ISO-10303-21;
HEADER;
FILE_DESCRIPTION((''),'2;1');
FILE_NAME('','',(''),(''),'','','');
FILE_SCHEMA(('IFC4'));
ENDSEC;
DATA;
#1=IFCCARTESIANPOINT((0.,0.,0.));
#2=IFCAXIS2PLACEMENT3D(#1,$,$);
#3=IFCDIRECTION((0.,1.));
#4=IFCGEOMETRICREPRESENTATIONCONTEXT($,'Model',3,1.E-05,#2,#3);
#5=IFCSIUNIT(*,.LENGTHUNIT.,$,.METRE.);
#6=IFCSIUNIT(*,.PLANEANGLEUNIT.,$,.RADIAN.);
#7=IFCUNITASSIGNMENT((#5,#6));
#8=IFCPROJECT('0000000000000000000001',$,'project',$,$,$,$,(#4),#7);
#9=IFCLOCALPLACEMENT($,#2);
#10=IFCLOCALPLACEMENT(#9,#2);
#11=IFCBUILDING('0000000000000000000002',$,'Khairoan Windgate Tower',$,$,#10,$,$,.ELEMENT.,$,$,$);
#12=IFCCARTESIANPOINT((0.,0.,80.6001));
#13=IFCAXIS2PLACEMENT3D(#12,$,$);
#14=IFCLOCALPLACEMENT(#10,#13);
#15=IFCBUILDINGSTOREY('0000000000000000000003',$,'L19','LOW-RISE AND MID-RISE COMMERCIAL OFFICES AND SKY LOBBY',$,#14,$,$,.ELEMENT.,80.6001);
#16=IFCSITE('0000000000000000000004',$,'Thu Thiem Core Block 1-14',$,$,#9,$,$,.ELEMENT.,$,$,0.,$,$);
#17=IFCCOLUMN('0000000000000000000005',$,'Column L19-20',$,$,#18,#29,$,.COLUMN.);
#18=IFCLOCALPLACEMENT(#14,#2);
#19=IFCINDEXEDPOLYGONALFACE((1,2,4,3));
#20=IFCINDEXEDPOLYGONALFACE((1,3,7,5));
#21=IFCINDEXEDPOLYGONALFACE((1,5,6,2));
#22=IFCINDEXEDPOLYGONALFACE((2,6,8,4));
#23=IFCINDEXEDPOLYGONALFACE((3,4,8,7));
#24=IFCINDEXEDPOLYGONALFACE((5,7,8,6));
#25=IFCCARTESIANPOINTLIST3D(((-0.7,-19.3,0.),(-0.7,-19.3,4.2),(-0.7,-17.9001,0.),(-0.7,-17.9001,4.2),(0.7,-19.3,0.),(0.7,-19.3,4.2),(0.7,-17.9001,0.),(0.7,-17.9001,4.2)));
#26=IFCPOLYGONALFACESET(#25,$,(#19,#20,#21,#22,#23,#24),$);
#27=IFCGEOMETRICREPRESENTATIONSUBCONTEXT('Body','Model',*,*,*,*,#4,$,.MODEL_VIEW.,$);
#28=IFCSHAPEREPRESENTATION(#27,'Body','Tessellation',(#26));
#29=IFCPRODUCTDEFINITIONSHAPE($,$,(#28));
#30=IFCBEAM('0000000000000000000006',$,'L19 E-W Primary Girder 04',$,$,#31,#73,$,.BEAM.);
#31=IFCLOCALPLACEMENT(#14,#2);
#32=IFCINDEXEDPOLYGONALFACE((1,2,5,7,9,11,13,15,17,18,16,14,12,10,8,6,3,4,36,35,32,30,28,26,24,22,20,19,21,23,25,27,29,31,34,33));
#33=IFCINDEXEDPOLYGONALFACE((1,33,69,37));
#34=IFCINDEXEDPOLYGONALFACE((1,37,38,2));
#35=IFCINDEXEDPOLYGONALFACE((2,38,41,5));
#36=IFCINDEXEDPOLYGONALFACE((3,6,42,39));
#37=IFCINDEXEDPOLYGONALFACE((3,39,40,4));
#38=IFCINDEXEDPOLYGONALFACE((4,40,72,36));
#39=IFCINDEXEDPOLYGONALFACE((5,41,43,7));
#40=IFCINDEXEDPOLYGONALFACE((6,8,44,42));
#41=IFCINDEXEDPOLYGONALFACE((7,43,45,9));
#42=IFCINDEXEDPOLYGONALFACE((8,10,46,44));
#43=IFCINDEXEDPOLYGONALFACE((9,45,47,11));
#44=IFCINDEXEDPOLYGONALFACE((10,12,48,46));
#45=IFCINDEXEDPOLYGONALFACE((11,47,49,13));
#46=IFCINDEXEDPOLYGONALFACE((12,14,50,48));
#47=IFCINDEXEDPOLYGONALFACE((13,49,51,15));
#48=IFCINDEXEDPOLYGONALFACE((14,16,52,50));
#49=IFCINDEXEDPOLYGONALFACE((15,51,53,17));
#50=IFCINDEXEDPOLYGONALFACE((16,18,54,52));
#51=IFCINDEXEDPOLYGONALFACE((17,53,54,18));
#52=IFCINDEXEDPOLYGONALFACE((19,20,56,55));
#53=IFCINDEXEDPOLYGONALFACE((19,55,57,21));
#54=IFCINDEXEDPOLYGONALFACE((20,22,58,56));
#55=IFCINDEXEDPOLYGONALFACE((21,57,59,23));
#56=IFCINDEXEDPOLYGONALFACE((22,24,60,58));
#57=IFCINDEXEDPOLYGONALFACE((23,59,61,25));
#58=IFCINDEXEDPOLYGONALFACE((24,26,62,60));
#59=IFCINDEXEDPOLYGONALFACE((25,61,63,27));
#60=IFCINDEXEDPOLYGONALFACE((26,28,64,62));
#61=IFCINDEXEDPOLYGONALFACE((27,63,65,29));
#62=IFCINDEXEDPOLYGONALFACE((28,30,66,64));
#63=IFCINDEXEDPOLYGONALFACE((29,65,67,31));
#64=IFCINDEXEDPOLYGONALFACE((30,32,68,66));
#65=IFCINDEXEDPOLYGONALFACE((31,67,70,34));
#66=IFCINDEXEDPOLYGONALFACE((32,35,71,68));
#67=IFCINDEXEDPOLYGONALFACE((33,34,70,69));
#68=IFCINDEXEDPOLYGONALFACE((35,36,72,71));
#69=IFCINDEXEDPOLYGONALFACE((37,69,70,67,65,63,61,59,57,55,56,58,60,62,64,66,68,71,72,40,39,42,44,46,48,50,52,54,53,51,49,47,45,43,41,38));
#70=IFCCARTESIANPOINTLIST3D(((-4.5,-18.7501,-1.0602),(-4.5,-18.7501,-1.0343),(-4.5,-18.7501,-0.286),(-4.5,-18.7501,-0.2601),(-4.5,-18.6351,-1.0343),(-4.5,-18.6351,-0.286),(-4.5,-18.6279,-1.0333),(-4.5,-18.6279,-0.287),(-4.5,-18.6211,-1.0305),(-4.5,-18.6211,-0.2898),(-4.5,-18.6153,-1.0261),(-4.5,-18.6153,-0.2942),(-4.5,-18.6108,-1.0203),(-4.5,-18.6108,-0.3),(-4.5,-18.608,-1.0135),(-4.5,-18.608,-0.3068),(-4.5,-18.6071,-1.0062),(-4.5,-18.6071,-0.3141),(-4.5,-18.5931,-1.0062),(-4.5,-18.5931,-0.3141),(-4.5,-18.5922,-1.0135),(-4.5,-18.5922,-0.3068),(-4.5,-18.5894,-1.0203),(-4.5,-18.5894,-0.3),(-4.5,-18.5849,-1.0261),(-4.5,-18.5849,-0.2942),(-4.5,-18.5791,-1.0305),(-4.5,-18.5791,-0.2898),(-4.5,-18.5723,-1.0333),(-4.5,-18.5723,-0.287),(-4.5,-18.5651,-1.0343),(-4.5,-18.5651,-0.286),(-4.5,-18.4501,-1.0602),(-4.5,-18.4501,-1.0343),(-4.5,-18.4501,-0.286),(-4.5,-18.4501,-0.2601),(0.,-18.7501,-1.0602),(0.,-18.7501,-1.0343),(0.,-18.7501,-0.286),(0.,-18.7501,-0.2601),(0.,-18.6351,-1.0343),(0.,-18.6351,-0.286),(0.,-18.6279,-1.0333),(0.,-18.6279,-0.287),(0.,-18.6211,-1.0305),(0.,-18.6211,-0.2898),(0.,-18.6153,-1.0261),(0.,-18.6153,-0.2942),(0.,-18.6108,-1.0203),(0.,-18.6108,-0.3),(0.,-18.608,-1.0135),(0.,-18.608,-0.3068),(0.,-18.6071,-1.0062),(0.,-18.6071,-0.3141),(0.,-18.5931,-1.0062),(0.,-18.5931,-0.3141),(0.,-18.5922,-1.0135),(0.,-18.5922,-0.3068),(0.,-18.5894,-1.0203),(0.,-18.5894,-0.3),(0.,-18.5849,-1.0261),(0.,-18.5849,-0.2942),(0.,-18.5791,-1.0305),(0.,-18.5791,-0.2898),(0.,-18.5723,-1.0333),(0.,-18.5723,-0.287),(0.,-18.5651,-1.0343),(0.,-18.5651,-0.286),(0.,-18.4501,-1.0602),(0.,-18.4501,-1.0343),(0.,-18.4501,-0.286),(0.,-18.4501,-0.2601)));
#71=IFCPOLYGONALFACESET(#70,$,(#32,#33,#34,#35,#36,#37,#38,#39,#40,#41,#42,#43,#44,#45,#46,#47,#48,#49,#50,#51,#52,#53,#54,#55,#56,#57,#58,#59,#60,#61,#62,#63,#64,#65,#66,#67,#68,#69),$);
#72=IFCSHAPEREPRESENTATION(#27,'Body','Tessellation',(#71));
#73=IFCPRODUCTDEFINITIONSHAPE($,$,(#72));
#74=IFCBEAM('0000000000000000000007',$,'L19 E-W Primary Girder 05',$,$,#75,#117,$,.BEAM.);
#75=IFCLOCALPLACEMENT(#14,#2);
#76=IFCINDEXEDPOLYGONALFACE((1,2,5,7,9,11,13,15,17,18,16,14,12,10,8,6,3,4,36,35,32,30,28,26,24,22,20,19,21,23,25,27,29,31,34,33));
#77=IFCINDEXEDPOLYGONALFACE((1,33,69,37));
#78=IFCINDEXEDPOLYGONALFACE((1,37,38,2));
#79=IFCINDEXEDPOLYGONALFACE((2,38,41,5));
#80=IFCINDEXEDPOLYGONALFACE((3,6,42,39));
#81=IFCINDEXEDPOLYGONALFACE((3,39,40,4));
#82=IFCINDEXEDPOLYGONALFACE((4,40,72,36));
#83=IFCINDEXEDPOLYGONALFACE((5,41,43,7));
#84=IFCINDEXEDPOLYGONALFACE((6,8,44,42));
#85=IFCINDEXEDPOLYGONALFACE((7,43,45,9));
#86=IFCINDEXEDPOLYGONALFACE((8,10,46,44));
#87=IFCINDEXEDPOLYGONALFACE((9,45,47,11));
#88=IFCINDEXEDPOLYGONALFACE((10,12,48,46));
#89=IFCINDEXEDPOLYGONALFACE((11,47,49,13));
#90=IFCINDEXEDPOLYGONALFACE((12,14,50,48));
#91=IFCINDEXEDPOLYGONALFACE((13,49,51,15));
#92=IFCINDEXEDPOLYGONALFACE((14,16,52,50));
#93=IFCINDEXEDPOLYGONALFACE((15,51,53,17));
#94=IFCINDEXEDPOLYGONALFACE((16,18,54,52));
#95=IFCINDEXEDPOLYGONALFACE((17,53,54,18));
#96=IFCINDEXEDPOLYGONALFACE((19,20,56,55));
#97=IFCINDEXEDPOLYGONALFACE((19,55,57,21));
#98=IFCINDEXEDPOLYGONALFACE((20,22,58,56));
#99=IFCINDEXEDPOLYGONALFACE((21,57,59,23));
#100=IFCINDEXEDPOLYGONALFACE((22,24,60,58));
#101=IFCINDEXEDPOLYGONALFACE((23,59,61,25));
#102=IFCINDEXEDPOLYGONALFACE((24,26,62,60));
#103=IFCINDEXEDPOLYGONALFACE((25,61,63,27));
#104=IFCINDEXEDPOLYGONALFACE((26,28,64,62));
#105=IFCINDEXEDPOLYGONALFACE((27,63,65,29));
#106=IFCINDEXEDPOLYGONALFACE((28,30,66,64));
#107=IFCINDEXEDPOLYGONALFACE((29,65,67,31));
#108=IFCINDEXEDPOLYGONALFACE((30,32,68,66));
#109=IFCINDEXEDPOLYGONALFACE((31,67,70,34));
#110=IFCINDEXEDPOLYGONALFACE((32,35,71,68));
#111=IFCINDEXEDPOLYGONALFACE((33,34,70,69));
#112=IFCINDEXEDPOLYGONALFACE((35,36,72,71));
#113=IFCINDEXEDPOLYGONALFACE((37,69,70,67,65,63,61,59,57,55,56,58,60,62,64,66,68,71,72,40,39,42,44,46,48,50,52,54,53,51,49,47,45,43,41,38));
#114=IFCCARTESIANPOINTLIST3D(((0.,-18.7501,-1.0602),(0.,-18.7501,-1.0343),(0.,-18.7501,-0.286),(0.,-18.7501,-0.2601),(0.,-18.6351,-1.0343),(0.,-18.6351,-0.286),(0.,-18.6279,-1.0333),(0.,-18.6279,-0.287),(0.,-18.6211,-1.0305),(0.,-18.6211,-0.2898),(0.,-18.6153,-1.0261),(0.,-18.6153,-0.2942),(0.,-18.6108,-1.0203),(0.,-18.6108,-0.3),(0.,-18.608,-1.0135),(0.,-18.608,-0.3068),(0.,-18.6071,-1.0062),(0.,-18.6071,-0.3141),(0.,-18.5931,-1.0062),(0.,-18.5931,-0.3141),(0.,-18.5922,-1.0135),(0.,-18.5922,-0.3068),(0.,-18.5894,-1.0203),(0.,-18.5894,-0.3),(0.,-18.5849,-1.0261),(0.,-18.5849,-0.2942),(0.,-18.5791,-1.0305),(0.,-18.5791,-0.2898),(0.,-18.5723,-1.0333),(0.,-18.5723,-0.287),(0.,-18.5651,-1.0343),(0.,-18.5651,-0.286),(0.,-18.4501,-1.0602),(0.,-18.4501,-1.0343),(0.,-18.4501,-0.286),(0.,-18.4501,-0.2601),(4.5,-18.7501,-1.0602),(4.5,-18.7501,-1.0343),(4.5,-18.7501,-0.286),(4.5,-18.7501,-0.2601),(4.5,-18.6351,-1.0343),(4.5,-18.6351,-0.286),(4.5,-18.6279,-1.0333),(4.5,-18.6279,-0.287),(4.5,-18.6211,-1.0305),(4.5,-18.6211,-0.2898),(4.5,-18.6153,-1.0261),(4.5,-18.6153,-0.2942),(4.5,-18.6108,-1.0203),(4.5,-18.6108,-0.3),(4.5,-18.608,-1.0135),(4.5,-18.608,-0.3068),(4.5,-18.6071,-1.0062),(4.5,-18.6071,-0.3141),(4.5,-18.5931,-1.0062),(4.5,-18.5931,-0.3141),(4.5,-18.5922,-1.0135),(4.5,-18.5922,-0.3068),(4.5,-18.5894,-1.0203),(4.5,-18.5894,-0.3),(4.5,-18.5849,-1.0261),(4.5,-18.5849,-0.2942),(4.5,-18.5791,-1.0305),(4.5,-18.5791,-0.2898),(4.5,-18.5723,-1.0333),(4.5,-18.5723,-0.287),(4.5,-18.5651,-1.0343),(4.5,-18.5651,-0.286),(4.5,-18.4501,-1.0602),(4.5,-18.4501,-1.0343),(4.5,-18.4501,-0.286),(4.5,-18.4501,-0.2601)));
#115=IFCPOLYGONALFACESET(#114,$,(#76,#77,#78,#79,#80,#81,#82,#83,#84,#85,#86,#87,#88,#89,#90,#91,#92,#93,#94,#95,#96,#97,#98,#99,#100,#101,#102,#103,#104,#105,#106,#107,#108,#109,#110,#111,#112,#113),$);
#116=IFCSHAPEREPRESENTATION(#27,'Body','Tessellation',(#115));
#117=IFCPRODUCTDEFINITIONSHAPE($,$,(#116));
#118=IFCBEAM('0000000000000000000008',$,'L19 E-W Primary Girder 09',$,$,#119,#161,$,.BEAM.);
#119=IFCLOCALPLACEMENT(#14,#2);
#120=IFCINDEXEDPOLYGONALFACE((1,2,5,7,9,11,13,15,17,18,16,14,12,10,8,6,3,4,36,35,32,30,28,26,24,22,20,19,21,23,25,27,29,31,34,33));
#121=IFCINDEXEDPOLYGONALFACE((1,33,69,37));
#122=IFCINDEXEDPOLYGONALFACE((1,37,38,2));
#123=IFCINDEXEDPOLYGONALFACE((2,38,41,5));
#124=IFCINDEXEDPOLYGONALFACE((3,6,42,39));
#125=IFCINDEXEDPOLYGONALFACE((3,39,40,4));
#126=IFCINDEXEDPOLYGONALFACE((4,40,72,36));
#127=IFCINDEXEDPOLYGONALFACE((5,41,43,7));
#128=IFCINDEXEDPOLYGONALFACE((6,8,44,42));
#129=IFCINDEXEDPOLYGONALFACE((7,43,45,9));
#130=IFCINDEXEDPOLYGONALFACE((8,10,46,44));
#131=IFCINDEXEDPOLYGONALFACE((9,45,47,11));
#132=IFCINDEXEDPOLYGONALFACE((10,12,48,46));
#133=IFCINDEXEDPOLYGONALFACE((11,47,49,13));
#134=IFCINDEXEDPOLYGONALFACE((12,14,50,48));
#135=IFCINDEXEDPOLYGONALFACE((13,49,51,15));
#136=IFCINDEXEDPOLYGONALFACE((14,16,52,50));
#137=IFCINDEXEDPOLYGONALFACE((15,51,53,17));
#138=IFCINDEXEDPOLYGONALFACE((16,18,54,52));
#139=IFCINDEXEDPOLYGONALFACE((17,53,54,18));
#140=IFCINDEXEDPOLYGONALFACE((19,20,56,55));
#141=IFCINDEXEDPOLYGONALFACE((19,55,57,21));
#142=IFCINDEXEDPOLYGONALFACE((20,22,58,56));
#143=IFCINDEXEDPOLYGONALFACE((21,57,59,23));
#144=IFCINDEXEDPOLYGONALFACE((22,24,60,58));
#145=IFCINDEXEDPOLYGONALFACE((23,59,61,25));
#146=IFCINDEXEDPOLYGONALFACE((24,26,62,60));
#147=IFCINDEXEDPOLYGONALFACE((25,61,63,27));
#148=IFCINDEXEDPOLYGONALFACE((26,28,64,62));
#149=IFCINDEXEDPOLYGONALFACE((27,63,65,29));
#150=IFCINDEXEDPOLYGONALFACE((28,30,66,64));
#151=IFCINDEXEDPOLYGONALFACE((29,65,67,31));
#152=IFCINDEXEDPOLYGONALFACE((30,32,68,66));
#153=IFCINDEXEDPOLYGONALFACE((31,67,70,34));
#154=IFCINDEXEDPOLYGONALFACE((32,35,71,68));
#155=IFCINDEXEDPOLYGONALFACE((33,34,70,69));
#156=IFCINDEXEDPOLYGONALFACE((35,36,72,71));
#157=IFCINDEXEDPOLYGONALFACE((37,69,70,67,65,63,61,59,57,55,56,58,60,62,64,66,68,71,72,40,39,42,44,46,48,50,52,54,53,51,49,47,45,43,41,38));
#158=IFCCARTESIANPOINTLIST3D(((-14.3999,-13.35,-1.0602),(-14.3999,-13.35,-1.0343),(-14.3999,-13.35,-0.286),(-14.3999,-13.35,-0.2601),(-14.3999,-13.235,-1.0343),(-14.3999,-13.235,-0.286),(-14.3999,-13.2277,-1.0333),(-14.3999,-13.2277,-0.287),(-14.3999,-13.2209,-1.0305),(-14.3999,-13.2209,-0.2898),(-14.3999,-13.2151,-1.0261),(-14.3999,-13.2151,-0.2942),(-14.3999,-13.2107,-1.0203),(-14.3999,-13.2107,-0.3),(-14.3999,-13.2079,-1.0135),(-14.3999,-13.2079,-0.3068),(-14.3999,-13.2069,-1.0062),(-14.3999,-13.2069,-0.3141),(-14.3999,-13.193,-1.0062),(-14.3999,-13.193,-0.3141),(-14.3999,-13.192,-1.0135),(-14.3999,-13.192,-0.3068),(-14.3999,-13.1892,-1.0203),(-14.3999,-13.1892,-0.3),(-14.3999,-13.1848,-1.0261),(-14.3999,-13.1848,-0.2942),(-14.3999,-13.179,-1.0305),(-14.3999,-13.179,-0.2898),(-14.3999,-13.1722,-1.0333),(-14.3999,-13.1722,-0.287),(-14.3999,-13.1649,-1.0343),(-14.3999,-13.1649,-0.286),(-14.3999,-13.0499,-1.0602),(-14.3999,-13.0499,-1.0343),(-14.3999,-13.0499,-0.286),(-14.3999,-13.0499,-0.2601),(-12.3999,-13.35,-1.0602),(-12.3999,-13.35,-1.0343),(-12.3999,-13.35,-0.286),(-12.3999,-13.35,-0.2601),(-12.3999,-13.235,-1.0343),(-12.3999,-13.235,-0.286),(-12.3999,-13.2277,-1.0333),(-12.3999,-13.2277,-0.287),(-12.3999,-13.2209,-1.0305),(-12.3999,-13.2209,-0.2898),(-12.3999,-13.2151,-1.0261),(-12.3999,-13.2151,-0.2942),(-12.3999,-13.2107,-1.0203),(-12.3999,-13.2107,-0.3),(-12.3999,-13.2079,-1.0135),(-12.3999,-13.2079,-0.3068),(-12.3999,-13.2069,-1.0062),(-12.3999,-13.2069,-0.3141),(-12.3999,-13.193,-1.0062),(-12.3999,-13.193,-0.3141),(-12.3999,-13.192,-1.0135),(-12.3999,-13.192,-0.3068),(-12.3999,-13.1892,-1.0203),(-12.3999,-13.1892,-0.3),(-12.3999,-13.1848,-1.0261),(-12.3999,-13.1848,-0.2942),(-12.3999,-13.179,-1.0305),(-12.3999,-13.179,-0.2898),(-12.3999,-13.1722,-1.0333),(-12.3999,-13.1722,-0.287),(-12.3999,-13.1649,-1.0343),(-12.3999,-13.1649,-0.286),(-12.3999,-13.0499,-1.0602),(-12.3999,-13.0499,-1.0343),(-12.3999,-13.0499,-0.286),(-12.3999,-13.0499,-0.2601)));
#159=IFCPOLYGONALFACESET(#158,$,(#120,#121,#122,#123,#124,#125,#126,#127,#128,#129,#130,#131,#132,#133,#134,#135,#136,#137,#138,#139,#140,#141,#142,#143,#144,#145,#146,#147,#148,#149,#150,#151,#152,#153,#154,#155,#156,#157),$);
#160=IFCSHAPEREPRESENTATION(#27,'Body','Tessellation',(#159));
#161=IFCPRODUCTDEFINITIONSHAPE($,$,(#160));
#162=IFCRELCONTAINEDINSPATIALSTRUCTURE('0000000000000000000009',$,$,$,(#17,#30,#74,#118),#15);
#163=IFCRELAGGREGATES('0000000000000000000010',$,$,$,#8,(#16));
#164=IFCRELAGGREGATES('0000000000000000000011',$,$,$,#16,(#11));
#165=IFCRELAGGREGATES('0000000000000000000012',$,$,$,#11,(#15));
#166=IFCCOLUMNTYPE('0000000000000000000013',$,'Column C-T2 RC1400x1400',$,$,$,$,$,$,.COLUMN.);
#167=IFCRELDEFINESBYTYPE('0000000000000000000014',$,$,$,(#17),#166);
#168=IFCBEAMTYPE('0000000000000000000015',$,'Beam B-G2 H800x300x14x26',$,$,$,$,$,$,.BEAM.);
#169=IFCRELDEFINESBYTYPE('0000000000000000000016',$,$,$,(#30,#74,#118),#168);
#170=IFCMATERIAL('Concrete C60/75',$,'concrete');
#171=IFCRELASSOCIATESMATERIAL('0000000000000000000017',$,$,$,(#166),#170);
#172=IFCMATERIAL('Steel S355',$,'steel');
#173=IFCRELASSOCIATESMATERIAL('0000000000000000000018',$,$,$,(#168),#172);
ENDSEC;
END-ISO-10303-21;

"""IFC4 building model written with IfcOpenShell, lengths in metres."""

from ifc_helpers import new_model, si_unit, direction, frame, origin, origin_2d, place, context, subcontext, project, spatial, rectangle, i_section, extrude, material, material_profile, profile_set, type_object, element, save


model = new_model("IFC4")

# Units and contexts
model_context = context("Model", 3, precision=1e-05, world=origin(), true_north=direction((0.0, 1.0)))
body_context = subcontext(model_context, "Body", "Model", "MODEL_VIEW")
ifc_project = project(units=[si_unit("LENGTHUNIT", "METRE"), si_unit("PLANEANGLEUNIT", "RADIAN")], contexts=[model_context])

# Site, building, storey
site_placement = place(None, origin())
site = spatial("IfcSite", under=ifc_project, at=site_placement, Name="Thu Thiem Core Block 1-14", CompositionType="ELEMENT", RefElevation=0.0)
building_placement = place(site_placement, origin())
building = spatial("IfcBuilding", under=site, at=building_placement, Name="Khairoan Windgate Tower", CompositionType="ELEMENT")
storey_placement = place(building_placement, frame((0.0, 0.0, 80.6001)))
storey = spatial("IfcBuildingStorey", under=building, at=storey_placement, Name="L19", Description="LOW-RISE AND MID-RISE COMMERCIAL OFFICES AND SKY LOBBY", CompositionType="ELEMENT", Elevation=80.6001)

# Column
ifc_material_1 = material(Name="Concrete C60/75", Category="concrete")
ifc_material_profile_1 = material_profile(ifc_material_1, rectangle(XDim=1.3999, YDim=1.3999, at=origin_2d()))
ifc_profile_set_1 = profile_set([ifc_material_profile_1], Name="Concrete C60/75")
column_type = type_object("IfcColumnType", Name="Column C-T2 RC1400x1400", PredefinedType="COLUMN", material=ifc_profile_set_1)
column_placement = place(storey_placement, frame((0.0, -18.6001, 0.0), z_axis=(0.0, 0.0, 1.0), x_axis=(1.0, 0.0, 0.0)))
element("IfcColumn", 1, at=column_placement, inside=storey, type_object=column_type, Name="Column L19-20", PredefinedType="COLUMN", context=body_context, shape_type="SweptSolid", body=[
    extrude(rectangle(XDim=1.3999, YDim=1.3999, at=origin_2d()), origin(), (0.0, 0.0, 1.0), 4.2),
])

# Beams
ifc_material_2 = material(Name="Steel S355", Category="steel")
ifc_material_profile_2 = material_profile(ifc_material_2, i_section(OverallWidth=0.3, OverallDepth=0.8, WebThickness=0.0139, FlangeThickness=0.0259, FilletRadius=0.0281, at=origin_2d()))
ifc_profile_set_2 = profile_set([ifc_material_profile_2], Name="Steel S355")
beam_type_1 = type_object("IfcBeamType", Name="Beam B-G2 H800x300x14x26", PredefinedType="BEAM", material=ifc_profile_set_2)
for number, where, z_axis, x_axis, name in (
    (2, (-4.5, -18.6001, -0.6602), (1.0, 0.0, 0.0), (0.0, 1.0, 0.0), "L19 E-W Primary Girder 04"),
    (3, (0.0, -18.6001, -0.6602), (1.0, 0.0, 0.0), (0.0, 1.0, 0.0), "L19 E-W Primary Girder 05"),
):
    element("IfcBeam", number, at=place(storey_placement, frame(where, z_axis=z_axis, x_axis=x_axis)), inside=storey, type_object=beam_type_1, Name=name, PredefinedType="BEAM", context=body_context, shape_type="SweptSolid", body=[
        extrude(i_section(OverallWidth=0.3, OverallDepth=0.8, WebThickness=0.0139, FlangeThickness=0.0259, FilletRadius=0.0281, at=origin_2d()), origin(), (0.0, 0.0, 1.0), 4.5),
    ])
beam_1_placement = place(storey_placement, frame((-14.3999, -13.2, -0.6602), z_axis=(1.0, 0.0, 0.0), x_axis=(0.0, 1.0, 0.0)))
element("IfcBeam", 4, at=beam_1_placement, inside=storey, type_object=beam_type_1, Name="L19 E-W Primary Girder 09", PredefinedType="BEAM", context=body_context, shape_type="SweptSolid", body=[
    extrude(i_section(OverallWidth=0.3, OverallDepth=0.8, WebThickness=0.0139, FlangeThickness=0.0259, FilletRadius=0.0281, at=origin_2d()), origin(), (0.0, 0.0, 1.0), 2.0),
])

save(model, "model.ifc")
